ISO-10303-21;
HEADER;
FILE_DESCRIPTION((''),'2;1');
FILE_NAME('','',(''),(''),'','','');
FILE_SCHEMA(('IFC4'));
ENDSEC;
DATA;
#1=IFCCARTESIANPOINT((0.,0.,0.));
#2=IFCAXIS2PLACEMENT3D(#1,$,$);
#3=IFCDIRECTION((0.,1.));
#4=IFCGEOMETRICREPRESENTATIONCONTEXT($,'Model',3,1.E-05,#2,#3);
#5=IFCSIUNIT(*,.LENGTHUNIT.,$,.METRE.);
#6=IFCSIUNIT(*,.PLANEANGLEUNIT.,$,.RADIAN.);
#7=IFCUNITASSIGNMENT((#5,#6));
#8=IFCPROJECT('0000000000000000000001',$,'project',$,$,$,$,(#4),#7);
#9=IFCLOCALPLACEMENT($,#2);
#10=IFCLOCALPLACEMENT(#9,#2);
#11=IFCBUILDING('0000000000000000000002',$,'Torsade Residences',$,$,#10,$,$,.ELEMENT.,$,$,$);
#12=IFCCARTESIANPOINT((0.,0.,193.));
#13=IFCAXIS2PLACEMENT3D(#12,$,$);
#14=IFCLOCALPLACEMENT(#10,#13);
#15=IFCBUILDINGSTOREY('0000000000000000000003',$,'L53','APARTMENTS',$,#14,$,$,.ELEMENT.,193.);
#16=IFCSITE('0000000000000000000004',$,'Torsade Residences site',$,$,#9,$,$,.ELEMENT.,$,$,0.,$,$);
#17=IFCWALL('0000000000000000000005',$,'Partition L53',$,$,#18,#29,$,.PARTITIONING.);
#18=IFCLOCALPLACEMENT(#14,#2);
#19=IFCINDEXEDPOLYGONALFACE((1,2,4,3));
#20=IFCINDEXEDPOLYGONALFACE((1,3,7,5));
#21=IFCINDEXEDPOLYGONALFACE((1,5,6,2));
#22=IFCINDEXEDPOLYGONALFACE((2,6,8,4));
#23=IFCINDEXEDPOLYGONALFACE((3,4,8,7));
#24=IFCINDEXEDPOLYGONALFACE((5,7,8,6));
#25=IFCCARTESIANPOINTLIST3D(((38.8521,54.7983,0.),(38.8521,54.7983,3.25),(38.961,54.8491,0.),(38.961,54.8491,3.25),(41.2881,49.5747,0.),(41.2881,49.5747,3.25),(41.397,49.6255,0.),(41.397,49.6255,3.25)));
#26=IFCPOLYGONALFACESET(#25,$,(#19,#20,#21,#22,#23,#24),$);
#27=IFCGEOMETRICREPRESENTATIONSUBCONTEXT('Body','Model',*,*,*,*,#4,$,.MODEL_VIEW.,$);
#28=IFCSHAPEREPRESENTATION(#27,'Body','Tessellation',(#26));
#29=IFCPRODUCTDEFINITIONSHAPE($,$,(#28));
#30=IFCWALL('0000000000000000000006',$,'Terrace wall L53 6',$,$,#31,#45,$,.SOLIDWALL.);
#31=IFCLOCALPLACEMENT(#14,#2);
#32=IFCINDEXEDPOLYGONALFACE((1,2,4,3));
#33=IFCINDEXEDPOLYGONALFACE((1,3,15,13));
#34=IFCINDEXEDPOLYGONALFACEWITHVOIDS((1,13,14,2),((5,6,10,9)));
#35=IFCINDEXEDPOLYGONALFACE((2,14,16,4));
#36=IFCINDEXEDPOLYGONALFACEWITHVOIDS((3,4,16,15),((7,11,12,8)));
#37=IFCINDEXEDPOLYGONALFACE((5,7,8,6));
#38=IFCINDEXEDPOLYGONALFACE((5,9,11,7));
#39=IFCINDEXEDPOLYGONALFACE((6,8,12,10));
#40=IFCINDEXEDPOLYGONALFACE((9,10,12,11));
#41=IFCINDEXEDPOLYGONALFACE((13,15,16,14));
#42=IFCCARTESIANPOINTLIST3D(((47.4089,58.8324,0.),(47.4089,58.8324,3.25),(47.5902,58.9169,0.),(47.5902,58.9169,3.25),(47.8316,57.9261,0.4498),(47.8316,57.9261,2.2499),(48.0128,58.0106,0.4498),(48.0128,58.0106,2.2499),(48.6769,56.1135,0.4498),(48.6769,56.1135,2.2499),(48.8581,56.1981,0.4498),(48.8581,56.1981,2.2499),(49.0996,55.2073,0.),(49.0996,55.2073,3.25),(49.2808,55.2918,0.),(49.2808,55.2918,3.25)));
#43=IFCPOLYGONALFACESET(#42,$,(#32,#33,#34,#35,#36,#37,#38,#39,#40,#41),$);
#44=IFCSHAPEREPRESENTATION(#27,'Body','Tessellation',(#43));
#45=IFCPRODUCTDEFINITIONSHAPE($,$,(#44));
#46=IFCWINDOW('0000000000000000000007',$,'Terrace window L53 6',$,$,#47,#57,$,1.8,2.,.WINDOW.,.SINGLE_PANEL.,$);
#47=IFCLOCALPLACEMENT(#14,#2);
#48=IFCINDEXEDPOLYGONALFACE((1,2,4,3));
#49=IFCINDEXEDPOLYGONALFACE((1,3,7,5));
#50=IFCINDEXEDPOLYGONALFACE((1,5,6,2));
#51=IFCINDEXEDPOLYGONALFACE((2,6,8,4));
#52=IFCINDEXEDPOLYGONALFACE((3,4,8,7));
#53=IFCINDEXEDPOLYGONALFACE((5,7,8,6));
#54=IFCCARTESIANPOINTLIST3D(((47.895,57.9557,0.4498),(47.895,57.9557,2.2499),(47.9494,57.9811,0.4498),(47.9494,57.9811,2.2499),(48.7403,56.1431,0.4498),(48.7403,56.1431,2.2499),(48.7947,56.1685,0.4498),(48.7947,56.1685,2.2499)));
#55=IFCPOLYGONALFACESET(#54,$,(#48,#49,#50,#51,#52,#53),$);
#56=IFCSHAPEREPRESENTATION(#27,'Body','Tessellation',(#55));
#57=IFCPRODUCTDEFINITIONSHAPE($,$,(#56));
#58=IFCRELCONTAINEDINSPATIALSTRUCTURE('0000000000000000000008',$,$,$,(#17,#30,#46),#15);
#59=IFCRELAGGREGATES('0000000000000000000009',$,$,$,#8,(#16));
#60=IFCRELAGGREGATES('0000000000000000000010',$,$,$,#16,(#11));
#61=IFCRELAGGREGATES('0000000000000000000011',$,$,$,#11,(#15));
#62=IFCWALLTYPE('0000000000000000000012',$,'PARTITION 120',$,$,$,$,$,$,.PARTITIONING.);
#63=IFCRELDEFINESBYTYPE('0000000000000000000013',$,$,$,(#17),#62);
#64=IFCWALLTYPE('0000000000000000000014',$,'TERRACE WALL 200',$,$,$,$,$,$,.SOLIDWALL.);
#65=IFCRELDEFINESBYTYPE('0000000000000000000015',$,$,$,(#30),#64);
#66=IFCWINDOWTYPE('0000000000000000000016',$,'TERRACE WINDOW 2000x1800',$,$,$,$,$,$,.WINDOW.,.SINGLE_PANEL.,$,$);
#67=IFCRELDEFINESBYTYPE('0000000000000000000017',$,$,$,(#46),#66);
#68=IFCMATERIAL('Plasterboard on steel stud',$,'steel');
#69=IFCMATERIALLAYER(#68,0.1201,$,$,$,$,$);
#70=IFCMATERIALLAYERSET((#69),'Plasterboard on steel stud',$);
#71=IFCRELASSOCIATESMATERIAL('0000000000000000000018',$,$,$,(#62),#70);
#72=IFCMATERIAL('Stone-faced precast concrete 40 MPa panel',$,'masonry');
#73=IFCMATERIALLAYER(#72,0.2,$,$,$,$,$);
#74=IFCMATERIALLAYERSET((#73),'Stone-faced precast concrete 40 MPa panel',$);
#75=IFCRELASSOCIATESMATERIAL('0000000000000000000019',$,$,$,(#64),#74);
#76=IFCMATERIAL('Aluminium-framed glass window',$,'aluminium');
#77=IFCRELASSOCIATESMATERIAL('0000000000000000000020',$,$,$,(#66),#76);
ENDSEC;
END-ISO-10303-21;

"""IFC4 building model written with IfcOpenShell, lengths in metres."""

from ifc_helpers import new_model, si_unit, direction, frame, frame_2d, origin, place, context, subcontext, project, spatial, rectangle, extrude, material, layer, layer_set, type_object, element, fill, save


model = new_model("IFC4")

# Units and contexts
model_context = context("Model", 3, precision=1e-05, world=origin(), true_north=direction((0.0, 1.0)))
body_context = subcontext(model_context, "Body", "Model", "MODEL_VIEW")
ifc_project = project(units=[si_unit("LENGTHUNIT", "METRE"), si_unit("PLANEANGLEUNIT", "RADIAN")], contexts=[model_context])

# Site, building, storey
site_placement = place(None, origin())
site = spatial("IfcSite", under=ifc_project, at=site_placement, Name="Torsade Residences site", CompositionType="ELEMENT", RefElevation=0.0)
building_placement = place(site_placement, origin())
building = spatial("IfcBuilding", under=site, at=building_placement, Name="Torsade Residences", CompositionType="ELEMENT")
storey_placement = place(building_placement, frame((0.0, 0.0, 193.0)))
storey = spatial("IfcBuildingStorey", under=building, at=storey_placement, Name="L53", Description="APARTMENTS", CompositionType="ELEMENT", Elevation=193.0)

# Shared definitions
ifc_material_1 = material(Name="Plasterboard on steel stud", Category="steel")
ifc_layer_1 = layer(ifc_material_1, 0.1201)
ifc_layer_set_1 = layer_set([ifc_layer_1], Name="Plasterboard on steel stud")
wall_type_1 = type_object("IfcWallType", Name="PARTITION 120", PredefinedType="PARTITIONING", material=ifc_layer_set_1)

# Wall
wall_1_placement = place(storey_placement, frame((41.3425, 49.6001, 0.0), z_axis=(0.0, 0.0, 1.0), x_axis=(-0.422649, 0.906293, 0.0)))
element("IfcWall", 1, at=wall_1_placement, inside=storey, type_object=wall_type_1, Name="Partition L53", PredefinedType="PARTITIONING", context=body_context, shape_type="SweptSolid", body=[
    extrude(rectangle(XDim=5.7637, YDim=0.1201, at=frame_2d((2.8818, 0.0))), origin(), (0.0, 0.0, 1.0), 3.25),
])

# Wall, opening, window
ifc_material_2 = material(Name="Stone-faced precast concrete 40 MPa panel", Category="masonry")
ifc_layer_2 = layer(ifc_material_2, 0.2)
ifc_layer_set_2 = layer_set([ifc_layer_2], Name="Stone-faced precast concrete 40 MPa panel")
wall_type_2 = type_object("IfcWallType", Name="TERRACE WALL 200", PredefinedType="SOLIDWALL", material=ifc_layer_set_2)
wall_2_placement = place(storey_placement, frame((49.1902, 55.2495, 0.0), z_axis=(0.0, 0.0, 1.0), x_axis=(-0.422658, 0.906289, 0.0)))
wall_2 = element("IfcWall", 2, at=wall_2_placement, inside=storey, type_object=wall_type_2, Name="Terrace wall L53 6", PredefinedType="SOLIDWALL", context=body_context, shape_type="SweptSolid", body=[
    extrude(rectangle(XDim=4.0, YDim=0.2, at=frame_2d((2.0, 0.0))), origin(), (0.0, 0.0, 1.0), 3.25),
])
opening_1_placement = place(wall_2_placement, frame((1.0, 0.0, 0.45)))
opening_1 = element("IfcOpeningElement", 3, at=opening_1_placement, cuts=wall_2, PredefinedType="OPENING", context=body_context, shape_type="SweptSolid", body=[
    extrude(rectangle(XDim=2.0, YDim=1.8, at=frame_2d((1.0, 0.8999))), frame((0.0, 0.1099, 0.0), z_axis=(0.0, -1.0, 0.0), x_axis=(1.0, 0.0, 0.0)), (0.0, 0.0, 1.0), 0.22),
])
ifc_material_3 = material(Name="Aluminium-framed glass window", Category="aluminium")
window_type = type_object("IfcWindowType", Name="TERRACE WINDOW 2000x1800", PartitioningType="SINGLE_PANEL", PredefinedType="WINDOW", material=ifc_material_3)
window_placement = place(opening_1_placement, origin())
window = element("IfcWindow", 4, at=window_placement, inside=storey, type_object=window_type, Name="Terrace window L53 6", OverallHeight=1.8, OverallWidth=2.0, PartitioningType="SINGLE_PANEL", PredefinedType="WINDOW", context=body_context, shape_type="SweptSolid", body=[
    extrude(rectangle(XDim=2.0, YDim=1.8, at=frame_2d((1.0, 0.8999))), frame((0.0, 0.03, 0.0), z_axis=(0.0, -1.0, 0.0), x_axis=(1.0, 0.0, 0.0)), (0.0, 0.0, 1.0), 0.0601),
])
fill(opening_1, window)

save(model, "model.ifc")
